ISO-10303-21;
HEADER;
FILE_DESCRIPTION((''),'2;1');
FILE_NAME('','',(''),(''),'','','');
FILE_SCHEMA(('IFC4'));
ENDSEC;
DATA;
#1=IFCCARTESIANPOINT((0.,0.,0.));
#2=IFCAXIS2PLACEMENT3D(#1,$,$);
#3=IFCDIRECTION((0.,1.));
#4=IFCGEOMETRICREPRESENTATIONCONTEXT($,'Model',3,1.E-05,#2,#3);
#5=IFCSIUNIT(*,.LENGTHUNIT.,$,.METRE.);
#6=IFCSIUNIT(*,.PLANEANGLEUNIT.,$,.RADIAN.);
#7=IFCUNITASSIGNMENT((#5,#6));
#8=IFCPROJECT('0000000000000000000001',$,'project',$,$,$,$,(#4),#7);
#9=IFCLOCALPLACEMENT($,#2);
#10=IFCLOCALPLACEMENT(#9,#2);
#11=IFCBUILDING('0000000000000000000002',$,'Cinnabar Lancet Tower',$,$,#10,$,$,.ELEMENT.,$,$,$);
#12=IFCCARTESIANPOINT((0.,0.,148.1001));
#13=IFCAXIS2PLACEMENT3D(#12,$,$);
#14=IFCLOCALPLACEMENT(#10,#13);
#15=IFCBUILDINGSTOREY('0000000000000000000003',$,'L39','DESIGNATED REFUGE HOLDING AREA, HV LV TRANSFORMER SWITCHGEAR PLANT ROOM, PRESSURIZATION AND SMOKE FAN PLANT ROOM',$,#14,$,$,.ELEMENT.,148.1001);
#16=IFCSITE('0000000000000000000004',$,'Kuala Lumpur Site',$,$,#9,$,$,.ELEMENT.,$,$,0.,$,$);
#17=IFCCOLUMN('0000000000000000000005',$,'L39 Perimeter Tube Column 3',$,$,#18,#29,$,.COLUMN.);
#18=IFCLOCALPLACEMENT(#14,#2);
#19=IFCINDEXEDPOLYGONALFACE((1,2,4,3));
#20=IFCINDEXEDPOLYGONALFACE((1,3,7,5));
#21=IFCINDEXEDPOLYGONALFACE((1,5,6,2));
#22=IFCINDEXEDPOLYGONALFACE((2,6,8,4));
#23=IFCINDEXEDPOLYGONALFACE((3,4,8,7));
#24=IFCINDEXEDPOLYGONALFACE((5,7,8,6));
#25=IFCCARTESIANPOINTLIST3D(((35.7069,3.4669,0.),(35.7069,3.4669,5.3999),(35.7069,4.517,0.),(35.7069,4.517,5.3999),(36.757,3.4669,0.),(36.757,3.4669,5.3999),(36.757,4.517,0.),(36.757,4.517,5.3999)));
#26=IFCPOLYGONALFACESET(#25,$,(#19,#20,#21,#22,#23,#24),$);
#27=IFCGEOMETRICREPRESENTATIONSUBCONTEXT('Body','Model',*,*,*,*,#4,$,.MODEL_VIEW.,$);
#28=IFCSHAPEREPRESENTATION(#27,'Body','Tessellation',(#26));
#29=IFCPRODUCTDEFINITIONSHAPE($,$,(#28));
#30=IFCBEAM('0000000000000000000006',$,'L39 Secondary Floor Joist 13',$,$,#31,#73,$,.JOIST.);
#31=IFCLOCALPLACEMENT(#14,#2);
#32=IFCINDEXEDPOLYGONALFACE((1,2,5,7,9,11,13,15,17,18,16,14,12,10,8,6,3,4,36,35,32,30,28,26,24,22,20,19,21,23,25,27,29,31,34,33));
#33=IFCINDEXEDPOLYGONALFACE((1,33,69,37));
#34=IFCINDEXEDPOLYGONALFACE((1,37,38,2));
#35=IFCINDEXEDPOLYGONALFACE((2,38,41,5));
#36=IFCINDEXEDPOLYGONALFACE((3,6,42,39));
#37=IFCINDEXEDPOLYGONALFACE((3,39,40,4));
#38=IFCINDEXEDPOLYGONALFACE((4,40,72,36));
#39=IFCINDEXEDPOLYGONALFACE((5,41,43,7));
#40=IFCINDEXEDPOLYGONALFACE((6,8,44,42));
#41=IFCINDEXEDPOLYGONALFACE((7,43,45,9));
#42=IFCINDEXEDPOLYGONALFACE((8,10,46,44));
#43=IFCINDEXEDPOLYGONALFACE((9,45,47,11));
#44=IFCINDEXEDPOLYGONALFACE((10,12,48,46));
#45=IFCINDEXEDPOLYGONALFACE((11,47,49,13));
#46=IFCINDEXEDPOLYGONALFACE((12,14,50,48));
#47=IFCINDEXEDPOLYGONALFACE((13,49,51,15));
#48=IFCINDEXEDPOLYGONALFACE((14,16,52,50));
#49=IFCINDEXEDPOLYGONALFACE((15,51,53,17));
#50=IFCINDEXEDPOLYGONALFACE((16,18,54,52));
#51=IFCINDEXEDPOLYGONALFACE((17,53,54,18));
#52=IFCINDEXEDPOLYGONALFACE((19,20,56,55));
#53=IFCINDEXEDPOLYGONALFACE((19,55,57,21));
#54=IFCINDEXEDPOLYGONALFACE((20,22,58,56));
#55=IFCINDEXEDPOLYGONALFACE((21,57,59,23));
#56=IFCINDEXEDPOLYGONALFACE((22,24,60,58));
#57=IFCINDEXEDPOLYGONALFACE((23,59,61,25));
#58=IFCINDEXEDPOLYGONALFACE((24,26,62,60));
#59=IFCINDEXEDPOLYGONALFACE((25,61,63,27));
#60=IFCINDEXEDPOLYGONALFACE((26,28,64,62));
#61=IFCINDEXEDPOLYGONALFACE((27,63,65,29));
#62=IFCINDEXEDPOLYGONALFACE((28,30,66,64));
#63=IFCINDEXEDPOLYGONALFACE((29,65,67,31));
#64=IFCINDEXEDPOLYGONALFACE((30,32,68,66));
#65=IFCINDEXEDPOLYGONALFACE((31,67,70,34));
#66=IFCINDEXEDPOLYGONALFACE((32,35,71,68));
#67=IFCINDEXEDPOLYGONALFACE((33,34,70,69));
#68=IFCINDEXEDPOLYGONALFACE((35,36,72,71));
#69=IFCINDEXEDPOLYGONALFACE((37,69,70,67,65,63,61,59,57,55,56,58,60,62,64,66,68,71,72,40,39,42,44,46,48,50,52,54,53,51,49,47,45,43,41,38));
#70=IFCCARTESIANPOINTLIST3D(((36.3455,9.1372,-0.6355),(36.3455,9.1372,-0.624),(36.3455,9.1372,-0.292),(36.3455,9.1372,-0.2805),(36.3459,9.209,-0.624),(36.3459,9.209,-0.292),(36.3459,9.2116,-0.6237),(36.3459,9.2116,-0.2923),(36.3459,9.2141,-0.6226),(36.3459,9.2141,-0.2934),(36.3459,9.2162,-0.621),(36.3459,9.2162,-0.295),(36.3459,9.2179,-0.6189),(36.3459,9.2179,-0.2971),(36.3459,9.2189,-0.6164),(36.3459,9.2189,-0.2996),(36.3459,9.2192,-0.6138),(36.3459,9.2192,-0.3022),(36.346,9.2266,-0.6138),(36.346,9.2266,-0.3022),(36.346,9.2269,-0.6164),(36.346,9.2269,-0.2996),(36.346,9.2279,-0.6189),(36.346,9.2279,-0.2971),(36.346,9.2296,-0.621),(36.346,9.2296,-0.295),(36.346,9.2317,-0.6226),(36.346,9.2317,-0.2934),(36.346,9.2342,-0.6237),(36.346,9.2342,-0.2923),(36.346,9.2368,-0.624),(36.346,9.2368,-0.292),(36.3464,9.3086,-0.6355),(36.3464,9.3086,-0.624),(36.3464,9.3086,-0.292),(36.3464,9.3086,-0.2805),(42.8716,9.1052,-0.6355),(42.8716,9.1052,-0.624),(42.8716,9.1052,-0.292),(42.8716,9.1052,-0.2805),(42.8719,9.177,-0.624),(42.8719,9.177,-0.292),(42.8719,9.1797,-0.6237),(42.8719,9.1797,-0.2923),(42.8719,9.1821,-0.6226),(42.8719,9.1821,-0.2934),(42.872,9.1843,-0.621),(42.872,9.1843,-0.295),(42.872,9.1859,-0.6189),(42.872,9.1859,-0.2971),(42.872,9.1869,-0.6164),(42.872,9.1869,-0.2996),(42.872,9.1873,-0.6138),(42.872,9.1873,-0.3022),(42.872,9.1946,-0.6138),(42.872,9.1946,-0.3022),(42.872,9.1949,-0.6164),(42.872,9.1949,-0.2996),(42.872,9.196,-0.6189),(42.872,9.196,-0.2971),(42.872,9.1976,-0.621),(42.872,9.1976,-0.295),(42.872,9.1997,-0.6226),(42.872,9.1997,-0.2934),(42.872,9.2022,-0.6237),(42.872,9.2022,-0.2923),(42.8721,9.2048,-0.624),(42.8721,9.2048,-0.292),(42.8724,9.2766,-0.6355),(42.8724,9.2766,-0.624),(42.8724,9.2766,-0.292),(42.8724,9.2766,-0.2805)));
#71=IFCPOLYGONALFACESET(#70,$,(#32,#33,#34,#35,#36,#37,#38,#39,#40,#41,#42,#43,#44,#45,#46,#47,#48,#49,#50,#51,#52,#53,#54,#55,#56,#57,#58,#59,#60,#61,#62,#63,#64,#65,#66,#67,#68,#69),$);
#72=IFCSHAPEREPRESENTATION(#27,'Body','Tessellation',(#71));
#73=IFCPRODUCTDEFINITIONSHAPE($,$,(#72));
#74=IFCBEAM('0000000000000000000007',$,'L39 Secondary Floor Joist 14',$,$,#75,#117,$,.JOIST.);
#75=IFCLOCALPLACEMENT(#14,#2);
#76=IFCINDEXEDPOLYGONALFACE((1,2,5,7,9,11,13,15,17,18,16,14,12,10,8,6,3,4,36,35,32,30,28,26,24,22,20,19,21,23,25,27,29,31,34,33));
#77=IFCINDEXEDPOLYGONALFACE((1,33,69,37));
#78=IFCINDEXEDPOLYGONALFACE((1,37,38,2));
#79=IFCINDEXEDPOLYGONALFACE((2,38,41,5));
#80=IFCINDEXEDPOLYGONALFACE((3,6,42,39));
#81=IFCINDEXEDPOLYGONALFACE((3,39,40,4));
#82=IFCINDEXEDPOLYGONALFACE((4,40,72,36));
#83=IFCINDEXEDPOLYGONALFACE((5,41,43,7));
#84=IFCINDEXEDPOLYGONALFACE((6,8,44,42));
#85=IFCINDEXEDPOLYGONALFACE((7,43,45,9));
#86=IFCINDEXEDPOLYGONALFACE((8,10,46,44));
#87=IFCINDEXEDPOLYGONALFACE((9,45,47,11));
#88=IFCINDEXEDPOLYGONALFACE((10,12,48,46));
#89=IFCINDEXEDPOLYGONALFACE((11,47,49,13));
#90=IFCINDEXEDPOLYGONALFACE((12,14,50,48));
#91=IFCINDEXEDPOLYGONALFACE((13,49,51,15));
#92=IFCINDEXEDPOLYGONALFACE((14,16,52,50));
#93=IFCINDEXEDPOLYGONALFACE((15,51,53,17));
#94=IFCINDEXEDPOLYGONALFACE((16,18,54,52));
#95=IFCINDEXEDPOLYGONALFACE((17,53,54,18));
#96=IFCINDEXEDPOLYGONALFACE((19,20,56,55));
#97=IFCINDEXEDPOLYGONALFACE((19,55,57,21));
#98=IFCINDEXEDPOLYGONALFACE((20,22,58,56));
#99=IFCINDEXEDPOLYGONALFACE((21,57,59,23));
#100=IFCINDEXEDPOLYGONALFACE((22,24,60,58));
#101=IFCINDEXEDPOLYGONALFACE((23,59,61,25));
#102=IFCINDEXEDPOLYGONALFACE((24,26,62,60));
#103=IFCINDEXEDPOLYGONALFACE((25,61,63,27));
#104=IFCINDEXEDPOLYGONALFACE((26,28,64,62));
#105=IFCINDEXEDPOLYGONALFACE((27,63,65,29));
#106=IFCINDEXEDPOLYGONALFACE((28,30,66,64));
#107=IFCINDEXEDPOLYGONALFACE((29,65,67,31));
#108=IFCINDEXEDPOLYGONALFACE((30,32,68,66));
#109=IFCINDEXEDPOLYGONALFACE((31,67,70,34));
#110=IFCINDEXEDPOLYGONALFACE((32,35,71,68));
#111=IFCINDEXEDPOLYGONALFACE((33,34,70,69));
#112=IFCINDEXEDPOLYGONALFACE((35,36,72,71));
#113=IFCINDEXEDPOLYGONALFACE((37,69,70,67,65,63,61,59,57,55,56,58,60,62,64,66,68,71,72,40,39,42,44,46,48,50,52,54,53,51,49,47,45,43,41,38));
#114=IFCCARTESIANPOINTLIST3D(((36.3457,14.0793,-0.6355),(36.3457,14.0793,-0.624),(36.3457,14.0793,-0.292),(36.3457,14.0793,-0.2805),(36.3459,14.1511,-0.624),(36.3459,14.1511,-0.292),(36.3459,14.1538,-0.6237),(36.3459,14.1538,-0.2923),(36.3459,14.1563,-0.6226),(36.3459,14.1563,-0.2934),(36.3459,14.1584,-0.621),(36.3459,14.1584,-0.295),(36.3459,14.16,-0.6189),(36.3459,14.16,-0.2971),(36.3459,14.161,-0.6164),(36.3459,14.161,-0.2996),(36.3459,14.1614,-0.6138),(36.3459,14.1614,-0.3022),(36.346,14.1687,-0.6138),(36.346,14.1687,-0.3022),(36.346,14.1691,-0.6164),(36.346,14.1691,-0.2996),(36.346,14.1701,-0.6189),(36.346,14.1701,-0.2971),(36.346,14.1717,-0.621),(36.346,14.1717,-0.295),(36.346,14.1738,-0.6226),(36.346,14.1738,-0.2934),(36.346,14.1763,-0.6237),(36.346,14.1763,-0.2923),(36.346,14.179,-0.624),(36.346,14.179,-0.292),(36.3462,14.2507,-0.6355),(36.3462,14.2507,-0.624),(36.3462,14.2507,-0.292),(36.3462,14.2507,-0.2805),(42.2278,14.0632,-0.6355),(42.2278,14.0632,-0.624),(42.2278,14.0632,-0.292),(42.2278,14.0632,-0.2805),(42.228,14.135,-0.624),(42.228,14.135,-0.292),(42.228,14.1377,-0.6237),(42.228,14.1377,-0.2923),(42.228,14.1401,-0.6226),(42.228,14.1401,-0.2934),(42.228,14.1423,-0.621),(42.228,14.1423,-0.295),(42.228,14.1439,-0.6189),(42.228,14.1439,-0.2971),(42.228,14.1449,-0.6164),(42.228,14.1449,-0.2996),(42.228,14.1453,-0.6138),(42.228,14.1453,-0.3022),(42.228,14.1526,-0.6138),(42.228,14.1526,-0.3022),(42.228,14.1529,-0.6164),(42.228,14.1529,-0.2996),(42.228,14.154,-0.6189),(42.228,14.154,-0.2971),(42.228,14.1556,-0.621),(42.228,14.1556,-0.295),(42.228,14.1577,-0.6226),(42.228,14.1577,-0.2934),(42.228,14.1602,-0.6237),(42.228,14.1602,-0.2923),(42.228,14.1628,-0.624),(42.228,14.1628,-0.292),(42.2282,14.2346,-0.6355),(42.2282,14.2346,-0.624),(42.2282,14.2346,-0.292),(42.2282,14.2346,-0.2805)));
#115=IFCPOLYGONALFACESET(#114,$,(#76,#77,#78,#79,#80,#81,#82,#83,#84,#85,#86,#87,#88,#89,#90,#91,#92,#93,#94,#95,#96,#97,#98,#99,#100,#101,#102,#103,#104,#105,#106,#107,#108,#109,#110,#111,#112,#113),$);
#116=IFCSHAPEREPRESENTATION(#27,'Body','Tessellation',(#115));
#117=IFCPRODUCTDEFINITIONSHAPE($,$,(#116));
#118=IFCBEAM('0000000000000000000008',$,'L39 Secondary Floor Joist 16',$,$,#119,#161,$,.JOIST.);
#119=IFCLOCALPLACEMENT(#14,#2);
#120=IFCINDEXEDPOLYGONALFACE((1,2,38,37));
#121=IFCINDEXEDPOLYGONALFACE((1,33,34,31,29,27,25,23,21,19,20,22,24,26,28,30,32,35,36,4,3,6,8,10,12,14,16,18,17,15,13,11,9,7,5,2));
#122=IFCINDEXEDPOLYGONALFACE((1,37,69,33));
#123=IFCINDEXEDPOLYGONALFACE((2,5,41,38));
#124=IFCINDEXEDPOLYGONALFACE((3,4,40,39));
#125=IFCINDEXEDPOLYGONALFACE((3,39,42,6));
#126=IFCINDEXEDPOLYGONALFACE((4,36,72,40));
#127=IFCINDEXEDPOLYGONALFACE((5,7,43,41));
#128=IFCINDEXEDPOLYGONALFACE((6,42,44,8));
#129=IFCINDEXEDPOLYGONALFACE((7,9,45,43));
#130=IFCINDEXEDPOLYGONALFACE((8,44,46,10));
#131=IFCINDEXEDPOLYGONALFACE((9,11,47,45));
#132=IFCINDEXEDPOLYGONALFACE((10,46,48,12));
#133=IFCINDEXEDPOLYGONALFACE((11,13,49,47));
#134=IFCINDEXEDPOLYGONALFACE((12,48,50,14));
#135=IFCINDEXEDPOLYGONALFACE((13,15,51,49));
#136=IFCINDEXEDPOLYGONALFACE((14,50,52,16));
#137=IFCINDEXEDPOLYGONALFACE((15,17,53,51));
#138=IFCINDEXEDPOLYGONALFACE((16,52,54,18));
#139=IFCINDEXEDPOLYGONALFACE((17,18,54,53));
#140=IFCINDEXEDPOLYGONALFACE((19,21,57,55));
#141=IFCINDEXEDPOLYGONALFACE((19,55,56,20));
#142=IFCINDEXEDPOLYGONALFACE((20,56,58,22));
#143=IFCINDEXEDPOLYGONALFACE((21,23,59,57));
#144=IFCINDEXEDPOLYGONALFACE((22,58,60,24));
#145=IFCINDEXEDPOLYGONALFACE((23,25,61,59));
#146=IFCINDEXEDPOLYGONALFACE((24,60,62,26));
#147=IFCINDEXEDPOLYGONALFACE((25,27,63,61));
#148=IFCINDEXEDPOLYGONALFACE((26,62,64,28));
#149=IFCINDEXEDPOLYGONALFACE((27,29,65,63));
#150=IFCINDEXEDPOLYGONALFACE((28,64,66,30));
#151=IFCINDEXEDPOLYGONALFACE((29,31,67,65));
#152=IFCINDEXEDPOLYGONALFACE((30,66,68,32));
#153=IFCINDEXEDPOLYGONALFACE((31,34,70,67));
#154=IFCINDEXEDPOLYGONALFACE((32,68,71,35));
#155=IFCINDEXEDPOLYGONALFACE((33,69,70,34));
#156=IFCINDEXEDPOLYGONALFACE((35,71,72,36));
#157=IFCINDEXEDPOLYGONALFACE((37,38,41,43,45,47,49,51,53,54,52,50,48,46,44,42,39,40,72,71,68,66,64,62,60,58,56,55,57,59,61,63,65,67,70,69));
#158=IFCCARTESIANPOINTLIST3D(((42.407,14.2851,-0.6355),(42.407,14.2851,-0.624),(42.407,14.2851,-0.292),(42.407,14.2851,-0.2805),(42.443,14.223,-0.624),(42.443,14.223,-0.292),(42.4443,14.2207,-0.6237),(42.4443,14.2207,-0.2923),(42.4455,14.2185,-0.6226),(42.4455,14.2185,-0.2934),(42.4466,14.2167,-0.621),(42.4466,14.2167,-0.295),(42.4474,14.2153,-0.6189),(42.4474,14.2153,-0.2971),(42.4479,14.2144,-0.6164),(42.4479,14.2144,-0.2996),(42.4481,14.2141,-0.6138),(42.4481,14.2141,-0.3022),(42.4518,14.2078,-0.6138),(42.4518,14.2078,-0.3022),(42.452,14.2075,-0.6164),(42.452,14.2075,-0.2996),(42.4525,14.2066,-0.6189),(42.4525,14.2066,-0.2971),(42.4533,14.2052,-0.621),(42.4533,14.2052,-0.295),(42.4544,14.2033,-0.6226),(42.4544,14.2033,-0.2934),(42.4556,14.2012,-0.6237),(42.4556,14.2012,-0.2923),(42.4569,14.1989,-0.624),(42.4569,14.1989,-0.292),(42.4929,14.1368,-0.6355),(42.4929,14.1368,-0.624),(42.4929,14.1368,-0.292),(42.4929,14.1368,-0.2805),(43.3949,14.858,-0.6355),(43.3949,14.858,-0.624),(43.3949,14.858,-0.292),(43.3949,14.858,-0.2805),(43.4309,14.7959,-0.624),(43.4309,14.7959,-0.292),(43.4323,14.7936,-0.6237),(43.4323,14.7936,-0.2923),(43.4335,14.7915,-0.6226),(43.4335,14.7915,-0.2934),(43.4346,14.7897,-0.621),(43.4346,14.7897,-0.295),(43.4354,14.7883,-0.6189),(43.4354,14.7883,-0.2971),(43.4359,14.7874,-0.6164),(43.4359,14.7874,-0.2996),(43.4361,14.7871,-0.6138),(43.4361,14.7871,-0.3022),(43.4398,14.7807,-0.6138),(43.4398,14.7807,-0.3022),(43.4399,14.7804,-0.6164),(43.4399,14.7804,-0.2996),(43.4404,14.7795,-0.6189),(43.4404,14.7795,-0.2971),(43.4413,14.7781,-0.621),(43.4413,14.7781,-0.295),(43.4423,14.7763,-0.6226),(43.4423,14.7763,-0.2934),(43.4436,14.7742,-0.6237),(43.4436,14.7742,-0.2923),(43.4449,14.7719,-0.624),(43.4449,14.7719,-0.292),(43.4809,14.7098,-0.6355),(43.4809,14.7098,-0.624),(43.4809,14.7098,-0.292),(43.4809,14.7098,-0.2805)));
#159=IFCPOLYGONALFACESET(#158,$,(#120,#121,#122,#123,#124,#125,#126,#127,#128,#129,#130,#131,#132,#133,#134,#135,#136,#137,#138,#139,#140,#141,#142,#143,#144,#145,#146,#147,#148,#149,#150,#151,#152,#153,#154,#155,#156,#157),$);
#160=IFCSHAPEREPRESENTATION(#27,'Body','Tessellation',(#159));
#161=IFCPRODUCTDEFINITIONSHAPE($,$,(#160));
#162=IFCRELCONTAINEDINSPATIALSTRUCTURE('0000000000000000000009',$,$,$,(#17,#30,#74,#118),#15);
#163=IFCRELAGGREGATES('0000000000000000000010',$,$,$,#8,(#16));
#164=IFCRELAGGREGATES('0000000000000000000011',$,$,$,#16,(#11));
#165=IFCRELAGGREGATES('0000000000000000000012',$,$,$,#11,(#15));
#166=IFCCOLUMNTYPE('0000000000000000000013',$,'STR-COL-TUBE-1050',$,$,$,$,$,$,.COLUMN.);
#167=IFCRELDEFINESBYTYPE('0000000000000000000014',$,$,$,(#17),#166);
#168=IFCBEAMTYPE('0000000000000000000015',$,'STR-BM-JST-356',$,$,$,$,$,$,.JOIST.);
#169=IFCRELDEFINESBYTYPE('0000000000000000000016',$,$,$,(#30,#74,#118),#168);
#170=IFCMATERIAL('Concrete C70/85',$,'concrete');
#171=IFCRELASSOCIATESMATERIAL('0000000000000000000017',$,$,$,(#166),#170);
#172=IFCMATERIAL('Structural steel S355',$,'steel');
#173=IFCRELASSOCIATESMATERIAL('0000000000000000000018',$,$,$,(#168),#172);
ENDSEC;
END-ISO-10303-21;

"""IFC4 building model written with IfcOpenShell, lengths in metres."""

from ifc_helpers import new_model, si_unit, direction, frame, origin, origin_2d, place, context, subcontext, project, spatial, rectangle, i_section, extrude, material, material_profile, profile_set, type_object, element, save


model = new_model("IFC4")

# Units and contexts
model_context = context("Model", 3, precision=1e-05, world=origin(), true_north=direction((0.0, 1.0)))
body_context = subcontext(model_context, "Body", "Model", "MODEL_VIEW")
ifc_project = project(units=[si_unit("LENGTHUNIT", "METRE"), si_unit("PLANEANGLEUNIT", "RADIAN")], contexts=[model_context])

# Site, building, storey
site_placement = place(None, origin())
site = spatial("IfcSite", under=ifc_project, at=site_placement, Name="Kuala Lumpur Site", CompositionType="ELEMENT", RefElevation=0.0)
building_placement = place(site_placement, origin())
building = spatial("IfcBuilding", under=site, at=building_placement, Name="Cinnabar Lancet Tower", CompositionType="ELEMENT")
storey_placement = place(building_placement, frame((0.0, 0.0, 148.1001)))
storey = spatial("IfcBuildingStorey", under=building, at=storey_placement, Name="L39", Description="DESIGNATED REFUGE HOLDING AREA, HV LV TRANSFORMER SWITCHGEAR PLANT ROOM, PRESSURIZATION AND SMOKE FAN PLANT ROOM", CompositionType="ELEMENT", Elevation=148.1001)

# Column
ifc_material_1 = material(Name="Concrete C70/85", Category="concrete")
ifc_material_profile_1 = material_profile(ifc_material_1, rectangle(XDim=1.05, YDim=1.05, at=origin_2d()), Name="RC-COL 1050x1050")
ifc_profile_set_1 = profile_set([ifc_material_profile_1], Name="Concrete C70/85")
column_type = type_object("IfcColumnType", Name="STR-COL-TUBE-1050", PredefinedType="COLUMN", material=ifc_profile_set_1)
column_placement = place(storey_placement, frame((36.2319, 3.9919, 0.0), z_axis=(0.0, 0.0, 1.0), x_axis=(1.0, 0.0, 0.0)))
element("IfcColumn", 1, at=column_placement, inside=storey, type_object=column_type, Name="L39 Perimeter Tube Column 3", PredefinedType="COLUMN", context=body_context, shape_type="SweptSolid", body=[
    extrude(rectangle(XDim=1.05, YDim=1.05, at=origin_2d()), origin(), (0.0, 0.0, 1.0), 5.3999),
])

# Beams
ifc_material_2 = material(Name="Structural steel S355", Category="steel")
ifc_material_profile_2 = material_profile(ifc_material_2, i_section(OverallWidth=0.1714, OverallDepth=0.355, WebThickness=0.0073, FlangeThickness=0.0115, FilletRadius=0.0103, at=origin_2d()), Name="UKB 356x171x51")
ifc_profile_set_2 = profile_set([ifc_material_profile_2], Name="Structural steel S355")
beam_type_1 = type_object("IfcBeamType", Name="STR-BM-JST-356", PredefinedType="JOIST", material=ifc_profile_set_2)
beam_1_placement = place(storey_placement, frame((36.3459, 9.2229, -0.458), z_axis=(0.999988, -0.004901, 0.0), x_axis=(0.004901, 0.999988, 0.0)))
element("IfcBeam", 2, at=beam_1_placement, inside=storey, type_object=beam_type_1, Name="L39 Secondary Floor Joist 13", PredefinedType="JOIST", context=body_context, shape_type="SweptSolid", body=[
    extrude(i_section(OverallWidth=0.1714, OverallDepth=0.355, WebThickness=0.0073, FlangeThickness=0.0115, FilletRadius=0.0103, at=origin_2d()), origin(), (0.0, 0.0, 1.0), 6.5261),
])
beam_2_placement = place(storey_placement, frame((36.3459, 14.165, -0.458), z_axis=(0.999996, -0.002739, 0.0), x_axis=(0.002739, 0.999996, 0.0)))
element("IfcBeam", 3, at=beam_2_placement, inside=storey, type_object=beam_type_1, Name="L39 Secondary Floor Joist 14", PredefinedType="JOIST", context=body_context, shape_type="SweptSolid", body=[
    extrude(i_section(OverallWidth=0.1714, OverallDepth=0.355, WebThickness=0.0073, FlangeThickness=0.0115, FilletRadius=0.0103, at=origin_2d()), origin(), (0.0, 0.0, 1.0), 5.8821),
])
beam_3_placement = place(storey_placement, frame((42.45, 14.2109, -0.458), z_axis=(0.865055, 0.501677, 0.0), x_axis=(-0.501677, 0.865055, 0.0)))
element("IfcBeam", 4, at=beam_3_placement, inside=storey, type_object=beam_type_1, Name="L39 Secondary Floor Joist 16", PredefinedType="JOIST", context=body_context, shape_type="SweptSolid", body=[
    extrude(i_section(OverallWidth=0.1714, OverallDepth=0.355, WebThickness=0.0073, FlangeThickness=0.0115, FilletRadius=0.0103, at=origin_2d()), origin(), (0.0, 0.0, 1.0), 1.1421),
])

save(model, "model.ifc")
